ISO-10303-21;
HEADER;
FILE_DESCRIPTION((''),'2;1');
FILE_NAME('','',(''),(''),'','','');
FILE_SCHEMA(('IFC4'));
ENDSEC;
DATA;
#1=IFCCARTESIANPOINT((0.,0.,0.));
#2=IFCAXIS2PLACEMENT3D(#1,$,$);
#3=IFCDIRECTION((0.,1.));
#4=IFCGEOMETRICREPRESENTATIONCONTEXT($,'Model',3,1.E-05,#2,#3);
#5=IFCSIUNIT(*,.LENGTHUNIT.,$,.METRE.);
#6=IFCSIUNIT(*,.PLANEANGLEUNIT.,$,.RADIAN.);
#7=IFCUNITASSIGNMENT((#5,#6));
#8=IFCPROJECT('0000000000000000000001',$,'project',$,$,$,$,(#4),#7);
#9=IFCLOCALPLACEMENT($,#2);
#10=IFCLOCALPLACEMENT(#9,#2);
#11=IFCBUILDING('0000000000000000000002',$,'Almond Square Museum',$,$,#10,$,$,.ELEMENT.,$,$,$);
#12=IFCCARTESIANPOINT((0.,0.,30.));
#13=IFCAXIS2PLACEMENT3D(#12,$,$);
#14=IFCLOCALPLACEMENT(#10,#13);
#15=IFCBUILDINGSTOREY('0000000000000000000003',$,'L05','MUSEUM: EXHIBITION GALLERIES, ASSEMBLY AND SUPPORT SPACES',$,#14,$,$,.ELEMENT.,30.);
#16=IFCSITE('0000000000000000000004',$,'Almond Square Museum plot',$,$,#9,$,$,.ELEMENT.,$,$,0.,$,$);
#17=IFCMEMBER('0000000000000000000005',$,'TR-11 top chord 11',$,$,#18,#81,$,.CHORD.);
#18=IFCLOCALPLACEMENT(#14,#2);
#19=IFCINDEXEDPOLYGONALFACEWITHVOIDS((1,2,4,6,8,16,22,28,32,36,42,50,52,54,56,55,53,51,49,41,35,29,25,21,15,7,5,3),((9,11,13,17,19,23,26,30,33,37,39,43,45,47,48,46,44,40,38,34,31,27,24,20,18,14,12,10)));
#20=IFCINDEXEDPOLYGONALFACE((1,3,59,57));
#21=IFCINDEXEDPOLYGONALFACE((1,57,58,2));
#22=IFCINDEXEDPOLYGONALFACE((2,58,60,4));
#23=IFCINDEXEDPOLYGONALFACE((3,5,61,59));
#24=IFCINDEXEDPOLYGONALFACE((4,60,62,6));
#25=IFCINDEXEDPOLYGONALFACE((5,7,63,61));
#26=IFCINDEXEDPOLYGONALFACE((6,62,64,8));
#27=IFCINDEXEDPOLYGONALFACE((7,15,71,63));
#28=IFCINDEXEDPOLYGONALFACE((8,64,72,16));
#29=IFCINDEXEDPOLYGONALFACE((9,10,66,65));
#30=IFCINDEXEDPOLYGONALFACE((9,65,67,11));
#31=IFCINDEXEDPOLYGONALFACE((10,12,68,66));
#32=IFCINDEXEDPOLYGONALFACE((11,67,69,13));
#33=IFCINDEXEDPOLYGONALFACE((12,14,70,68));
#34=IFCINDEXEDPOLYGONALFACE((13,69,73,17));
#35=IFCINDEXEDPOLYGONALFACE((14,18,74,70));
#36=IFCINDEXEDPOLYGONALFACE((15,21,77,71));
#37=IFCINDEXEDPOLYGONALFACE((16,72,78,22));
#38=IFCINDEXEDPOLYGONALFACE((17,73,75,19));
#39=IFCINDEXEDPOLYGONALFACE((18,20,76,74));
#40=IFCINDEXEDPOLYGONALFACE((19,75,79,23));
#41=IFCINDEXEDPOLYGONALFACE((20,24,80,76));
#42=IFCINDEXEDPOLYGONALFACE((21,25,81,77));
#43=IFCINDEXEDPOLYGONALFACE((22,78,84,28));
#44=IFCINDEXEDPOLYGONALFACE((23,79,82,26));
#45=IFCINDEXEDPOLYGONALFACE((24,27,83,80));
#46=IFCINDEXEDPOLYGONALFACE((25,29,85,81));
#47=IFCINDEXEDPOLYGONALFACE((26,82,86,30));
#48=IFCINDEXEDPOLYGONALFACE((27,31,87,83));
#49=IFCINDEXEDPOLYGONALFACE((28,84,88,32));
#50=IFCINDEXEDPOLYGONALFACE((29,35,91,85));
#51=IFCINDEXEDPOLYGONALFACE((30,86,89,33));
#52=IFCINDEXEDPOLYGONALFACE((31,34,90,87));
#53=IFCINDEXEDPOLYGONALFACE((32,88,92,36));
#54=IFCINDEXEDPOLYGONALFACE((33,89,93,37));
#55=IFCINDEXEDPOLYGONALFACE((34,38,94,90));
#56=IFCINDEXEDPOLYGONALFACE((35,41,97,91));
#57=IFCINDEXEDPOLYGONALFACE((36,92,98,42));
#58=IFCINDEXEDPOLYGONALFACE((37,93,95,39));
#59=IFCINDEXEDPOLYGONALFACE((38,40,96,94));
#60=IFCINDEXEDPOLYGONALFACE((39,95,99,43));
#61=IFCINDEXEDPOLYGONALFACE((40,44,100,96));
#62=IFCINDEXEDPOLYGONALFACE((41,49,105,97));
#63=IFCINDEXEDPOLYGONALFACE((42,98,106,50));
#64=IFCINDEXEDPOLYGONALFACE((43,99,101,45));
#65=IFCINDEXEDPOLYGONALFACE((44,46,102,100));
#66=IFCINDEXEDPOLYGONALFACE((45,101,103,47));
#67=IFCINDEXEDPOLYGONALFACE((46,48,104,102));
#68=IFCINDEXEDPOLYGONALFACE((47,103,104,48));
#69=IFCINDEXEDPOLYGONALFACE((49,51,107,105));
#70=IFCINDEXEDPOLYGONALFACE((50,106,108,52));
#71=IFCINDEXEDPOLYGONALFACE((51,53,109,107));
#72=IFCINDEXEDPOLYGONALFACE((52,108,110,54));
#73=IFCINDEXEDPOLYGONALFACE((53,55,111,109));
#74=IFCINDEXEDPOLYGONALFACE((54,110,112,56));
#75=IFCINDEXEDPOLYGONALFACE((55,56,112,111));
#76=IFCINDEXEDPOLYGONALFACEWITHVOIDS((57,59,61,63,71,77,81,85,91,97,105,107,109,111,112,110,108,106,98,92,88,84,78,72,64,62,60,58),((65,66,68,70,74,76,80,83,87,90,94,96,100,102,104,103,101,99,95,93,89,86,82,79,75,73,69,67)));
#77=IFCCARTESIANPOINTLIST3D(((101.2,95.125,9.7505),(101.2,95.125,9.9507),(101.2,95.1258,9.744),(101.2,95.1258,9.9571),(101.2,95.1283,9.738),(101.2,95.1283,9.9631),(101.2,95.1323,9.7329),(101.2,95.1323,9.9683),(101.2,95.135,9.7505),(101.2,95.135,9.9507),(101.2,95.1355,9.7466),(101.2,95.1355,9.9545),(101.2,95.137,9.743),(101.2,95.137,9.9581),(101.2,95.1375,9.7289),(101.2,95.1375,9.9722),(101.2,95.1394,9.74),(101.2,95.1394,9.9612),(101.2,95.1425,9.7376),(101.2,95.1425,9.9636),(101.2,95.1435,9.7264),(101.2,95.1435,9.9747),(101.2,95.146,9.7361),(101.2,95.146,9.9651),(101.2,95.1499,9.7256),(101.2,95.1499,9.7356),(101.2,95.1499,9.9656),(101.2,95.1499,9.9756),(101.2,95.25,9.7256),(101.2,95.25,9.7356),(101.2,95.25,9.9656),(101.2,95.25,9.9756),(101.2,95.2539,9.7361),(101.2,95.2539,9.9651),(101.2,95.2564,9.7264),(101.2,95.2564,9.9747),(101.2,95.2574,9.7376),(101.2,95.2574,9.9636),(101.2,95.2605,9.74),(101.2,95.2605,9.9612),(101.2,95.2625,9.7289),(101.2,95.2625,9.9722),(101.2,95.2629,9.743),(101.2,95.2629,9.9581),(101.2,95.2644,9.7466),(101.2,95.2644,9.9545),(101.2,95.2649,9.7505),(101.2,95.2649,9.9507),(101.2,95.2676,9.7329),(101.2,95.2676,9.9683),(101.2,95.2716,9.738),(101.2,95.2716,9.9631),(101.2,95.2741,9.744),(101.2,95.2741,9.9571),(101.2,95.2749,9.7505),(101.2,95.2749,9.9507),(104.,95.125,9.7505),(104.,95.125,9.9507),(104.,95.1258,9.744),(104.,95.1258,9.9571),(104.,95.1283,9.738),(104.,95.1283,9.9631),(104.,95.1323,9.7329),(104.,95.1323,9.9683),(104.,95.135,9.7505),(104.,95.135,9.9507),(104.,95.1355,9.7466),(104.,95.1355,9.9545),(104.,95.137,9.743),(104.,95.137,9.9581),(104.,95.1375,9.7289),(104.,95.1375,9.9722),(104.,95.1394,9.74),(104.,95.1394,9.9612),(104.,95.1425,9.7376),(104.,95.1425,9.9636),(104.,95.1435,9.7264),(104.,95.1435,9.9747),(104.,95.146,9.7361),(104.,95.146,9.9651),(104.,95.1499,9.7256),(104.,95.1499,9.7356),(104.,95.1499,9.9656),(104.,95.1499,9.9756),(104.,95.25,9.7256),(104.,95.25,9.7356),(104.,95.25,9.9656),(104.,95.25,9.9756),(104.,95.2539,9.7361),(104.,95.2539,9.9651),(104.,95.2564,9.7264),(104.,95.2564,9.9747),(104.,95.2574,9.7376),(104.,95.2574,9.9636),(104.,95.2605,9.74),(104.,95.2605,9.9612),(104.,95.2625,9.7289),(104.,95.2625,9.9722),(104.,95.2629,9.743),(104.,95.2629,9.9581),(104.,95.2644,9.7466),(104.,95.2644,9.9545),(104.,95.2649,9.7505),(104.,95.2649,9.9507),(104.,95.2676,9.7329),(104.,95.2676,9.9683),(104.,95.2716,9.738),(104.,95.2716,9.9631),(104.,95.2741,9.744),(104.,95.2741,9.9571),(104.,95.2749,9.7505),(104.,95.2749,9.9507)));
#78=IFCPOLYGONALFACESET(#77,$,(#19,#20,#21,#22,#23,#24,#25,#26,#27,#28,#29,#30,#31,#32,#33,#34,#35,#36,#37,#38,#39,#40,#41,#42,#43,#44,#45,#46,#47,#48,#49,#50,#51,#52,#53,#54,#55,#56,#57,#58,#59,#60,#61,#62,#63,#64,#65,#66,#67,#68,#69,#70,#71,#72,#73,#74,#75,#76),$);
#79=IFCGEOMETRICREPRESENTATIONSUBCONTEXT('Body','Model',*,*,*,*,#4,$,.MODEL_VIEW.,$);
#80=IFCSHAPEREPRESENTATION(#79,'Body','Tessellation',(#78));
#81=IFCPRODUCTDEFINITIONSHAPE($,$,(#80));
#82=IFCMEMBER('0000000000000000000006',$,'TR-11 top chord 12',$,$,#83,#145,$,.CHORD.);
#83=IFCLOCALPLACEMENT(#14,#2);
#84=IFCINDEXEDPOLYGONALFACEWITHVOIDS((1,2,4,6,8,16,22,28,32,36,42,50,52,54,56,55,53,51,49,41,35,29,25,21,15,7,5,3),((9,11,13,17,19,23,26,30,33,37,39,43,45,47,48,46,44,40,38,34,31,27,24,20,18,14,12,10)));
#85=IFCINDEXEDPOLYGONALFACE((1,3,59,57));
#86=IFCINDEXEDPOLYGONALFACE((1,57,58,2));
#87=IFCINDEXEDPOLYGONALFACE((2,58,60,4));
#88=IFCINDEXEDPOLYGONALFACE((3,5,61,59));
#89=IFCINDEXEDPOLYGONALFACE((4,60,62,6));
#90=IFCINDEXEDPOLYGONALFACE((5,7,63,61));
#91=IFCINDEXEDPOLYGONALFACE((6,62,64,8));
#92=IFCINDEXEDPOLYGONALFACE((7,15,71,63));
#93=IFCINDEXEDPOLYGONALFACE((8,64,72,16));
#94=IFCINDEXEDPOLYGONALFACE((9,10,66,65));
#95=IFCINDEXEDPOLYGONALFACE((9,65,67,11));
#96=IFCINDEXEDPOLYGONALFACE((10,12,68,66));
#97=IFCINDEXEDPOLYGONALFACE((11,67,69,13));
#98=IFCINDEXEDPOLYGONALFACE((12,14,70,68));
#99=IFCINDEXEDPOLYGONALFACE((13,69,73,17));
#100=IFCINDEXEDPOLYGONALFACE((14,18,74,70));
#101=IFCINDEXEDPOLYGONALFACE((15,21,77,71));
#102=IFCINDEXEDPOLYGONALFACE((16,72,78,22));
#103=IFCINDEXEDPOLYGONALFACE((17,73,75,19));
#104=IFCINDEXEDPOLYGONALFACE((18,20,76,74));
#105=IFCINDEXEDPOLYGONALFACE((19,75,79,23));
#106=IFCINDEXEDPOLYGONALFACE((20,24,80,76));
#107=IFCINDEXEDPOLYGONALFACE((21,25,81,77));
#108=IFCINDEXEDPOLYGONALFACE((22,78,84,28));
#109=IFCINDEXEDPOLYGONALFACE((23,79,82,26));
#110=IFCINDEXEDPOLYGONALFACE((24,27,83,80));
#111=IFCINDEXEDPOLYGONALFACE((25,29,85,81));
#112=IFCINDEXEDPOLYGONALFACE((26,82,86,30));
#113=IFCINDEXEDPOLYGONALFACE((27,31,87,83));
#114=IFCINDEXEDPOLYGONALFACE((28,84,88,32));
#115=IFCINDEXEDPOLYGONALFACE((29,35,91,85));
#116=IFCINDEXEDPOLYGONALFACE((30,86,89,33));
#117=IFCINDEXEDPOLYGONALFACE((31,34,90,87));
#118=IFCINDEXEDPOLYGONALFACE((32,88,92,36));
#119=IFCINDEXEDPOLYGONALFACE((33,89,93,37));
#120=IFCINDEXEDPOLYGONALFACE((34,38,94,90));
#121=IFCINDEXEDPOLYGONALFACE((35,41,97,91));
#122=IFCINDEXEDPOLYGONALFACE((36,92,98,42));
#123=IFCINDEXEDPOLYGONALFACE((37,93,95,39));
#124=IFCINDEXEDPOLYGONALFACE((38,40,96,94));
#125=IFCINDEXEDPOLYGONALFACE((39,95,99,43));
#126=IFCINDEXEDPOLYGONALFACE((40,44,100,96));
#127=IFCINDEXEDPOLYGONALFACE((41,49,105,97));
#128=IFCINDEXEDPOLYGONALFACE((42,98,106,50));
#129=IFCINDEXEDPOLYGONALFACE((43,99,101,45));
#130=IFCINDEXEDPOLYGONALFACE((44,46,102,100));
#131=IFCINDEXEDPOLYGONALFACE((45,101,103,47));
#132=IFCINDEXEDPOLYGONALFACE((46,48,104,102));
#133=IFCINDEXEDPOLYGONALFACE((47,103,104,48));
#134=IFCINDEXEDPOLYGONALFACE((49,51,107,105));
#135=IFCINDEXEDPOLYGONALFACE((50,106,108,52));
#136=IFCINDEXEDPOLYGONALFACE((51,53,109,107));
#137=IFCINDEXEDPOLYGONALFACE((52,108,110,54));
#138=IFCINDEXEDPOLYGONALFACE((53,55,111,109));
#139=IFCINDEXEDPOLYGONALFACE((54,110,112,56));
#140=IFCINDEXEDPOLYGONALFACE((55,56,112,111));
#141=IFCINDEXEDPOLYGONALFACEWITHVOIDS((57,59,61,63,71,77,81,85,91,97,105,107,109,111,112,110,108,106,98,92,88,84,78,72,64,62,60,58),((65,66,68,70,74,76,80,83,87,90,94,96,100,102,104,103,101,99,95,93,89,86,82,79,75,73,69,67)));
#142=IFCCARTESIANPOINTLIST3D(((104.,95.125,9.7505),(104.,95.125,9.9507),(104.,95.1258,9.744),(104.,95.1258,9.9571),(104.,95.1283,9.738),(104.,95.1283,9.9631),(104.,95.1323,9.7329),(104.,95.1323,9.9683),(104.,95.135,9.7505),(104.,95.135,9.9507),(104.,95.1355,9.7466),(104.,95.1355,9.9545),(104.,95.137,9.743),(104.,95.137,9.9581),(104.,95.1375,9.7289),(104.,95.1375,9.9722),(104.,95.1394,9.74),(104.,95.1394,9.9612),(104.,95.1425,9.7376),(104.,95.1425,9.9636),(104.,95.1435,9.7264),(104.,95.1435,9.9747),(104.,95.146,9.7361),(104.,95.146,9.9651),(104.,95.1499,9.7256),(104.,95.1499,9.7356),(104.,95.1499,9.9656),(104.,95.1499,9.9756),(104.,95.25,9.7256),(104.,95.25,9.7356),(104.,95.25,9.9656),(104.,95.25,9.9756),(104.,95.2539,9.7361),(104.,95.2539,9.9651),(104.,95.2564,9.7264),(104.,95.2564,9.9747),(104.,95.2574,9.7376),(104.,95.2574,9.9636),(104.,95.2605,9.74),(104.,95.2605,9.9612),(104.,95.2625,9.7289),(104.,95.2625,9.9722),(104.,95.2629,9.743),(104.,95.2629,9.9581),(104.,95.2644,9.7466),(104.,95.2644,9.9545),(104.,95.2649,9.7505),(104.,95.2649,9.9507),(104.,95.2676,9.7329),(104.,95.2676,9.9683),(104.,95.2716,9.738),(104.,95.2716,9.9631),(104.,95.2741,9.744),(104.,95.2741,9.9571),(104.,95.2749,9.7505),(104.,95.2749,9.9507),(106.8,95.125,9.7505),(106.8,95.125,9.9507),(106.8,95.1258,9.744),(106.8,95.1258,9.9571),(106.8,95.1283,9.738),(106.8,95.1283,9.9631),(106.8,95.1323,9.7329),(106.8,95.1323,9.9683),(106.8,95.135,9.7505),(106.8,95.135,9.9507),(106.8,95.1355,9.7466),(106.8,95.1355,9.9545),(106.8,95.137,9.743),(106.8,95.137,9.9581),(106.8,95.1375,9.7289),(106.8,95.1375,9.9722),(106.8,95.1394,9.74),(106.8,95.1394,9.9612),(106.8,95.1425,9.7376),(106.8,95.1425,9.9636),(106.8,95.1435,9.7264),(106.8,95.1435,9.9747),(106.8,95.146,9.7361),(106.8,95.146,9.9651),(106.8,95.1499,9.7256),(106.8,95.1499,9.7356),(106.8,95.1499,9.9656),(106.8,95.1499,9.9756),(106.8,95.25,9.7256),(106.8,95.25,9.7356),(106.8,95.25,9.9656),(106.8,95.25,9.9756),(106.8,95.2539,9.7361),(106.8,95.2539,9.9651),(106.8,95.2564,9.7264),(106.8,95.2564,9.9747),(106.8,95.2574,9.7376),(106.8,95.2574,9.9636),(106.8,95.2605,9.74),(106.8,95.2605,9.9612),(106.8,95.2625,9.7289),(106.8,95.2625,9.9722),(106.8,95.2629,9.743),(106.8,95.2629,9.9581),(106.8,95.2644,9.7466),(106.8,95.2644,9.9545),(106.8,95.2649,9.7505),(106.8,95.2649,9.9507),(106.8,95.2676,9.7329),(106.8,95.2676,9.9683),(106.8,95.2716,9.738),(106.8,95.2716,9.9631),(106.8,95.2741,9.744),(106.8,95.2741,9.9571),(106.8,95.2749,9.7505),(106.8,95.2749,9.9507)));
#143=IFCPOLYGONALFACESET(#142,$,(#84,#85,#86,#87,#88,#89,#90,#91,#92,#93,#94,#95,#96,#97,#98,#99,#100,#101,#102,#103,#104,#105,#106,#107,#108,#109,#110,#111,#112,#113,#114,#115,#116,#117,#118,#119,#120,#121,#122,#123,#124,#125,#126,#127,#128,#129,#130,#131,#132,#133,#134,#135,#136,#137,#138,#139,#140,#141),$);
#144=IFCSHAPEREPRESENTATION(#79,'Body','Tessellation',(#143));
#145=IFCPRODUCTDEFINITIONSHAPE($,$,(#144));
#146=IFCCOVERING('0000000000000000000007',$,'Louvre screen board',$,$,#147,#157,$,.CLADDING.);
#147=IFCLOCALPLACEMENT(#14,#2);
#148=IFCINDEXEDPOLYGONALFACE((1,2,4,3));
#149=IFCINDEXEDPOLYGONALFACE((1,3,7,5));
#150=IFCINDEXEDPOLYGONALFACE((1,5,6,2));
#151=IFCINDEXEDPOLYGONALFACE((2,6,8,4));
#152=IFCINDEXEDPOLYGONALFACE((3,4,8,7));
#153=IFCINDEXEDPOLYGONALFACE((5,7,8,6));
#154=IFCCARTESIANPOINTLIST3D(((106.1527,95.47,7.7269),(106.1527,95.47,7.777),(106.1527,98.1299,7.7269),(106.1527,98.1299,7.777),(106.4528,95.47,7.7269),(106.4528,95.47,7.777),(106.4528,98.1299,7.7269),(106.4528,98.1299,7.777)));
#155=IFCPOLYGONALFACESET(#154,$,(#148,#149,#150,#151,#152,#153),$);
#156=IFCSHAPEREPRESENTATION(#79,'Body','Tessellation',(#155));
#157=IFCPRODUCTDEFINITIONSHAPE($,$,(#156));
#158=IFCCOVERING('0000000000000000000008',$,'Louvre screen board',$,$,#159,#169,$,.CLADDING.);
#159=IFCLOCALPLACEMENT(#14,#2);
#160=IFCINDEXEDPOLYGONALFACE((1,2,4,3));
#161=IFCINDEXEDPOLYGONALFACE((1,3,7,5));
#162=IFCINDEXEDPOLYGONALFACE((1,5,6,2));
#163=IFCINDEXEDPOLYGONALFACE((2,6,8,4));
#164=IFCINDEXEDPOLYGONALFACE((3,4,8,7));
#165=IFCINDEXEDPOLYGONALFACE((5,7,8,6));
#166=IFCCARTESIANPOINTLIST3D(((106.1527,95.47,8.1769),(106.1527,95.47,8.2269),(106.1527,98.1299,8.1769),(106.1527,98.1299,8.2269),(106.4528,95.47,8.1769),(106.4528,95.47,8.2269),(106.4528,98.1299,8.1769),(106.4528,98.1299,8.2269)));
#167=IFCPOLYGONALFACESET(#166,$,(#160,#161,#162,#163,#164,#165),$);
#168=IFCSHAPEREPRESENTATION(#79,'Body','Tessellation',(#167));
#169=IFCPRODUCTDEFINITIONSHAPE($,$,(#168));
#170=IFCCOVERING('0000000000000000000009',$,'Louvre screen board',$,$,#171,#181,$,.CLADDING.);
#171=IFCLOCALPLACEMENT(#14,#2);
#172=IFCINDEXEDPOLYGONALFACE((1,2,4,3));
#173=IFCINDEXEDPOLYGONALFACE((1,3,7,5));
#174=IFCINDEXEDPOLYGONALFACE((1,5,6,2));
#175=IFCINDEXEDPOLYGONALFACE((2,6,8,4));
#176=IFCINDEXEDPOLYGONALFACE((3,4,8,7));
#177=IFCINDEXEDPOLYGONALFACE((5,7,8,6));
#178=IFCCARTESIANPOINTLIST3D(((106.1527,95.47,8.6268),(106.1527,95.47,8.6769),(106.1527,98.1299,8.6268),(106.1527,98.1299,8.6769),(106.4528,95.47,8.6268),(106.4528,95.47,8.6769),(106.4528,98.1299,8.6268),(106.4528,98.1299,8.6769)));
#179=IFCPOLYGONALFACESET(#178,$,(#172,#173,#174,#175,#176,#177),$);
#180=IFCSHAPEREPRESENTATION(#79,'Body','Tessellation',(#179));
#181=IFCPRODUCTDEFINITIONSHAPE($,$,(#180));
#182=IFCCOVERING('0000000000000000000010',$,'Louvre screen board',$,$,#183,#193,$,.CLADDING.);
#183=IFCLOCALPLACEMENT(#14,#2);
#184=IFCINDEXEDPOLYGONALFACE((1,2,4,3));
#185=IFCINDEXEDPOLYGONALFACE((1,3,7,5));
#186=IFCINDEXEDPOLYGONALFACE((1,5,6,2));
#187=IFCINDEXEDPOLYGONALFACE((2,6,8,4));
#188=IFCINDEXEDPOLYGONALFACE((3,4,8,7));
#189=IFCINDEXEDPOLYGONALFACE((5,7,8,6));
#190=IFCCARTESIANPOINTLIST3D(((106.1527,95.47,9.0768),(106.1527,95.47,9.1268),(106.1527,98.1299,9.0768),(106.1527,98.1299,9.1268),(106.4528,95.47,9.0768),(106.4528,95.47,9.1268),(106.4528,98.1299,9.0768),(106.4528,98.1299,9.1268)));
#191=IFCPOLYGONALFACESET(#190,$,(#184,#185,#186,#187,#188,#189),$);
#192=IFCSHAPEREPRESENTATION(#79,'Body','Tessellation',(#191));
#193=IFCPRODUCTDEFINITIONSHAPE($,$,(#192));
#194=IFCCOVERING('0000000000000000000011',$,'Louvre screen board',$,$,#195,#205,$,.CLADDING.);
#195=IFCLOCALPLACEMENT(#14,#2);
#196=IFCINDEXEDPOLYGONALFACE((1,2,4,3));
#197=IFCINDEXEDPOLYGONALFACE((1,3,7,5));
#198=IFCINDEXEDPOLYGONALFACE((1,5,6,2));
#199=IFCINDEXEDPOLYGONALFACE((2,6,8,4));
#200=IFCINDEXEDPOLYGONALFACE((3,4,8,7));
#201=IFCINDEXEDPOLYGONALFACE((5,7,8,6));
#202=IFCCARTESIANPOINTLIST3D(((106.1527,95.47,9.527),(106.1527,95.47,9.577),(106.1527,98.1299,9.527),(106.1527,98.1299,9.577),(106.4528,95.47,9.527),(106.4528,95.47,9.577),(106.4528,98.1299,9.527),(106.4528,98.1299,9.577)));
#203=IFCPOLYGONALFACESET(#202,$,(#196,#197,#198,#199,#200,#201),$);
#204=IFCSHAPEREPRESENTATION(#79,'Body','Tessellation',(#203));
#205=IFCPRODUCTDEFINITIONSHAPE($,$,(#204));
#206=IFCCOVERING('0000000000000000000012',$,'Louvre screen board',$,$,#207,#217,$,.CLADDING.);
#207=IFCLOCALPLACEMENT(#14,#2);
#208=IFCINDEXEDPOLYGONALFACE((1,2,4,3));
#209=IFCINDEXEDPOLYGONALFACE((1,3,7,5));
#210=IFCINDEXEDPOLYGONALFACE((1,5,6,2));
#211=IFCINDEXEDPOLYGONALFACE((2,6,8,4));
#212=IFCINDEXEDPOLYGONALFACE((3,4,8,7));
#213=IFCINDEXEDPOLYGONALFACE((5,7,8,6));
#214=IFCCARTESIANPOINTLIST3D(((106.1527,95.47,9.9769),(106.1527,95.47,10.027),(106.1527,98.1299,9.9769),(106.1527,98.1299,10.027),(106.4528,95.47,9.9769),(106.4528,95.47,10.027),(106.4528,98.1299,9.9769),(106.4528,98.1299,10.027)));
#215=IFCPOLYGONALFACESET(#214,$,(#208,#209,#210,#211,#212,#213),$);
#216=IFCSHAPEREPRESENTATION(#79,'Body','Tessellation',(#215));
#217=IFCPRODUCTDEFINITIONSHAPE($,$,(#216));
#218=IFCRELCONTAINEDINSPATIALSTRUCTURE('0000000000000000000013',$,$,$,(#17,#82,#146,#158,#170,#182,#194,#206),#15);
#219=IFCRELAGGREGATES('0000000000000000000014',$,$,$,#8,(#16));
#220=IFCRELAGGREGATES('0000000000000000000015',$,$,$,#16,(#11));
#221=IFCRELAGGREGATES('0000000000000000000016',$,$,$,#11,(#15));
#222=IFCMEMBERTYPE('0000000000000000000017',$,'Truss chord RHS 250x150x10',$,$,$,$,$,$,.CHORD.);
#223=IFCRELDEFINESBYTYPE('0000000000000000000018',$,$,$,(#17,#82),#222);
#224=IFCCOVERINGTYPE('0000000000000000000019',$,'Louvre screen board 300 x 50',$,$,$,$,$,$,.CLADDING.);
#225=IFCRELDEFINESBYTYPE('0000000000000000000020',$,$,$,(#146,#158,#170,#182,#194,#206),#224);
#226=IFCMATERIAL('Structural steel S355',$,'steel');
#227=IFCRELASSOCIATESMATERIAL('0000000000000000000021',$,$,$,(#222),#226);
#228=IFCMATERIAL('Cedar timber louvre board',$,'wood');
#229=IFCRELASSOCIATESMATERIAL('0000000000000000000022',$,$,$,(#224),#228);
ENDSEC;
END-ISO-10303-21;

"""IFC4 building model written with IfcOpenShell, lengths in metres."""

from ifc_helpers import new_model, si_unit, direction, frame, origin, origin_2d, place, context, subcontext, project, spatial, rectangle, hollow_rectangle, extrude, material, material_profile, profile_set, type_object, element, save


model = new_model("IFC4")

# Units and contexts
model_context = context("Model", 3, precision=1e-05, world=origin(), true_north=direction((0.0, 1.0)))
body_context = subcontext(model_context, "Body", "Model", "MODEL_VIEW")
ifc_project = project(units=[si_unit("LENGTHUNIT", "METRE"), si_unit("PLANEANGLEUNIT", "RADIAN")], contexts=[model_context])

# Site, building, storey
site_placement = place(None, origin())
site = spatial("IfcSite", under=ifc_project, at=site_placement, Name="Almond Square Museum plot", CompositionType="ELEMENT", RefElevation=0.0)
building_placement = place(site_placement, origin())
building = spatial("IfcBuilding", under=site, at=building_placement, Name="Almond Square Museum", CompositionType="ELEMENT")
storey_placement = place(building_placement, frame((0.0, 0.0, 30.0)))
storey = spatial("IfcBuildingStorey", under=building, at=storey_placement, Name="L05", Description="MUSEUM: EXHIBITION GALLERIES, ASSEMBLY AND SUPPORT SPACES", CompositionType="ELEMENT", Elevation=30.0)

# Members
ifc_material_1 = material(Name="Structural steel S355", Category="steel")
ifc_material_profile_1 = material_profile(ifc_material_1, hollow_rectangle(XDim=0.1499, YDim=0.25, WallThickness=0.01, InnerFilletRadius=0.0149, OuterFilletRadius=0.0249, at=origin_2d()))
ifc_profile_set_1 = profile_set([ifc_material_profile_1], Name="Structural steel S355")
member_type_1 = type_object("IfcMemberType", Name="Truss chord RHS 250x150x10", PredefinedType="CHORD", material=ifc_profile_set_1)
for number, where, z_axis, x_axis, name in (
    (1, (101.2, 95.2, 9.8506), (1.0, 0.0, 0.0), (0.0, 1.0, 0.0), "TR-11 top chord 11"),
    (2, (104.0, 95.2, 9.8506), (1.0, 0.0, 0.0), (0.0, 1.0, 0.0), "TR-11 top chord 12"),
):
    element("IfcMember", number, at=place(storey_placement, frame(where, z_axis=z_axis, x_axis=x_axis)), inside=storey, type_object=member_type_1, Name=name, PredefinedType="CHORD", context=body_context, shape_type="SweptSolid", body=[
        extrude(hollow_rectangle(XDim=0.1499, YDim=0.25, WallThickness=0.01, InnerFilletRadius=0.0149, OuterFilletRadius=0.0249, at=origin_2d()), origin(), (0.0, 0.0, 1.0), 2.8),
    ])

# Coverings
ifc_material_2 = material(Name="Cedar timber louvre board", Category="wood")
ifc_material_profile_2 = material_profile(ifc_material_2, rectangle(XDim=0.3, YDim=0.05, at=origin_2d()))
ifc_profile_set_2 = profile_set([ifc_material_profile_2], Name="Cedar timber louvre board")
covering_type_1 = type_object("IfcCoveringType", Name="Louvre screen board 300 x 50", PredefinedType="CLADDING", material=ifc_profile_set_2)
for number, where, z_axis, x_axis, name in (
    (3, (106.3027, 95.47, 7.752), (0.0, 1.0, 0.0), (-1.0, 0.0, 0.0), "Louvre screen board"),
    (4, (106.3027, 95.47, 8.2019), (0.0, 1.0, 0.0), (-1.0, 0.0, 0.0), "Louvre screen board"),
    (5, (106.3027, 95.47, 8.6519), (0.0, 1.0, 0.0), (-1.0, 0.0, 0.0), "Louvre screen board"),
    (6, (106.3027, 95.47, 9.1018), (0.0, 1.0, 0.0), (-1.0, 0.0, 0.0), "Louvre screen board"),
    (7, (106.3027, 95.47, 9.552), (0.0, 1.0, 0.0), (-1.0, 0.0, 0.0), "Louvre screen board"),
    (8, (106.3027, 95.47, 10.002), (0.0, 1.0, 0.0), (-1.0, 0.0, 0.0), "Louvre screen board"),
):
    element("IfcCovering", number, at=place(storey_placement, frame(where, z_axis=z_axis, x_axis=x_axis)), inside=storey, type_object=covering_type_1, Name=name, PredefinedType="CLADDING", context=body_context, shape_type="SweptSolid", body=[
        extrude(rectangle(XDim=0.3, YDim=0.05, at=origin_2d()), origin(), (0.0, 0.0, 1.0), 2.6599),
    ])

save(model, "model.ifc")
